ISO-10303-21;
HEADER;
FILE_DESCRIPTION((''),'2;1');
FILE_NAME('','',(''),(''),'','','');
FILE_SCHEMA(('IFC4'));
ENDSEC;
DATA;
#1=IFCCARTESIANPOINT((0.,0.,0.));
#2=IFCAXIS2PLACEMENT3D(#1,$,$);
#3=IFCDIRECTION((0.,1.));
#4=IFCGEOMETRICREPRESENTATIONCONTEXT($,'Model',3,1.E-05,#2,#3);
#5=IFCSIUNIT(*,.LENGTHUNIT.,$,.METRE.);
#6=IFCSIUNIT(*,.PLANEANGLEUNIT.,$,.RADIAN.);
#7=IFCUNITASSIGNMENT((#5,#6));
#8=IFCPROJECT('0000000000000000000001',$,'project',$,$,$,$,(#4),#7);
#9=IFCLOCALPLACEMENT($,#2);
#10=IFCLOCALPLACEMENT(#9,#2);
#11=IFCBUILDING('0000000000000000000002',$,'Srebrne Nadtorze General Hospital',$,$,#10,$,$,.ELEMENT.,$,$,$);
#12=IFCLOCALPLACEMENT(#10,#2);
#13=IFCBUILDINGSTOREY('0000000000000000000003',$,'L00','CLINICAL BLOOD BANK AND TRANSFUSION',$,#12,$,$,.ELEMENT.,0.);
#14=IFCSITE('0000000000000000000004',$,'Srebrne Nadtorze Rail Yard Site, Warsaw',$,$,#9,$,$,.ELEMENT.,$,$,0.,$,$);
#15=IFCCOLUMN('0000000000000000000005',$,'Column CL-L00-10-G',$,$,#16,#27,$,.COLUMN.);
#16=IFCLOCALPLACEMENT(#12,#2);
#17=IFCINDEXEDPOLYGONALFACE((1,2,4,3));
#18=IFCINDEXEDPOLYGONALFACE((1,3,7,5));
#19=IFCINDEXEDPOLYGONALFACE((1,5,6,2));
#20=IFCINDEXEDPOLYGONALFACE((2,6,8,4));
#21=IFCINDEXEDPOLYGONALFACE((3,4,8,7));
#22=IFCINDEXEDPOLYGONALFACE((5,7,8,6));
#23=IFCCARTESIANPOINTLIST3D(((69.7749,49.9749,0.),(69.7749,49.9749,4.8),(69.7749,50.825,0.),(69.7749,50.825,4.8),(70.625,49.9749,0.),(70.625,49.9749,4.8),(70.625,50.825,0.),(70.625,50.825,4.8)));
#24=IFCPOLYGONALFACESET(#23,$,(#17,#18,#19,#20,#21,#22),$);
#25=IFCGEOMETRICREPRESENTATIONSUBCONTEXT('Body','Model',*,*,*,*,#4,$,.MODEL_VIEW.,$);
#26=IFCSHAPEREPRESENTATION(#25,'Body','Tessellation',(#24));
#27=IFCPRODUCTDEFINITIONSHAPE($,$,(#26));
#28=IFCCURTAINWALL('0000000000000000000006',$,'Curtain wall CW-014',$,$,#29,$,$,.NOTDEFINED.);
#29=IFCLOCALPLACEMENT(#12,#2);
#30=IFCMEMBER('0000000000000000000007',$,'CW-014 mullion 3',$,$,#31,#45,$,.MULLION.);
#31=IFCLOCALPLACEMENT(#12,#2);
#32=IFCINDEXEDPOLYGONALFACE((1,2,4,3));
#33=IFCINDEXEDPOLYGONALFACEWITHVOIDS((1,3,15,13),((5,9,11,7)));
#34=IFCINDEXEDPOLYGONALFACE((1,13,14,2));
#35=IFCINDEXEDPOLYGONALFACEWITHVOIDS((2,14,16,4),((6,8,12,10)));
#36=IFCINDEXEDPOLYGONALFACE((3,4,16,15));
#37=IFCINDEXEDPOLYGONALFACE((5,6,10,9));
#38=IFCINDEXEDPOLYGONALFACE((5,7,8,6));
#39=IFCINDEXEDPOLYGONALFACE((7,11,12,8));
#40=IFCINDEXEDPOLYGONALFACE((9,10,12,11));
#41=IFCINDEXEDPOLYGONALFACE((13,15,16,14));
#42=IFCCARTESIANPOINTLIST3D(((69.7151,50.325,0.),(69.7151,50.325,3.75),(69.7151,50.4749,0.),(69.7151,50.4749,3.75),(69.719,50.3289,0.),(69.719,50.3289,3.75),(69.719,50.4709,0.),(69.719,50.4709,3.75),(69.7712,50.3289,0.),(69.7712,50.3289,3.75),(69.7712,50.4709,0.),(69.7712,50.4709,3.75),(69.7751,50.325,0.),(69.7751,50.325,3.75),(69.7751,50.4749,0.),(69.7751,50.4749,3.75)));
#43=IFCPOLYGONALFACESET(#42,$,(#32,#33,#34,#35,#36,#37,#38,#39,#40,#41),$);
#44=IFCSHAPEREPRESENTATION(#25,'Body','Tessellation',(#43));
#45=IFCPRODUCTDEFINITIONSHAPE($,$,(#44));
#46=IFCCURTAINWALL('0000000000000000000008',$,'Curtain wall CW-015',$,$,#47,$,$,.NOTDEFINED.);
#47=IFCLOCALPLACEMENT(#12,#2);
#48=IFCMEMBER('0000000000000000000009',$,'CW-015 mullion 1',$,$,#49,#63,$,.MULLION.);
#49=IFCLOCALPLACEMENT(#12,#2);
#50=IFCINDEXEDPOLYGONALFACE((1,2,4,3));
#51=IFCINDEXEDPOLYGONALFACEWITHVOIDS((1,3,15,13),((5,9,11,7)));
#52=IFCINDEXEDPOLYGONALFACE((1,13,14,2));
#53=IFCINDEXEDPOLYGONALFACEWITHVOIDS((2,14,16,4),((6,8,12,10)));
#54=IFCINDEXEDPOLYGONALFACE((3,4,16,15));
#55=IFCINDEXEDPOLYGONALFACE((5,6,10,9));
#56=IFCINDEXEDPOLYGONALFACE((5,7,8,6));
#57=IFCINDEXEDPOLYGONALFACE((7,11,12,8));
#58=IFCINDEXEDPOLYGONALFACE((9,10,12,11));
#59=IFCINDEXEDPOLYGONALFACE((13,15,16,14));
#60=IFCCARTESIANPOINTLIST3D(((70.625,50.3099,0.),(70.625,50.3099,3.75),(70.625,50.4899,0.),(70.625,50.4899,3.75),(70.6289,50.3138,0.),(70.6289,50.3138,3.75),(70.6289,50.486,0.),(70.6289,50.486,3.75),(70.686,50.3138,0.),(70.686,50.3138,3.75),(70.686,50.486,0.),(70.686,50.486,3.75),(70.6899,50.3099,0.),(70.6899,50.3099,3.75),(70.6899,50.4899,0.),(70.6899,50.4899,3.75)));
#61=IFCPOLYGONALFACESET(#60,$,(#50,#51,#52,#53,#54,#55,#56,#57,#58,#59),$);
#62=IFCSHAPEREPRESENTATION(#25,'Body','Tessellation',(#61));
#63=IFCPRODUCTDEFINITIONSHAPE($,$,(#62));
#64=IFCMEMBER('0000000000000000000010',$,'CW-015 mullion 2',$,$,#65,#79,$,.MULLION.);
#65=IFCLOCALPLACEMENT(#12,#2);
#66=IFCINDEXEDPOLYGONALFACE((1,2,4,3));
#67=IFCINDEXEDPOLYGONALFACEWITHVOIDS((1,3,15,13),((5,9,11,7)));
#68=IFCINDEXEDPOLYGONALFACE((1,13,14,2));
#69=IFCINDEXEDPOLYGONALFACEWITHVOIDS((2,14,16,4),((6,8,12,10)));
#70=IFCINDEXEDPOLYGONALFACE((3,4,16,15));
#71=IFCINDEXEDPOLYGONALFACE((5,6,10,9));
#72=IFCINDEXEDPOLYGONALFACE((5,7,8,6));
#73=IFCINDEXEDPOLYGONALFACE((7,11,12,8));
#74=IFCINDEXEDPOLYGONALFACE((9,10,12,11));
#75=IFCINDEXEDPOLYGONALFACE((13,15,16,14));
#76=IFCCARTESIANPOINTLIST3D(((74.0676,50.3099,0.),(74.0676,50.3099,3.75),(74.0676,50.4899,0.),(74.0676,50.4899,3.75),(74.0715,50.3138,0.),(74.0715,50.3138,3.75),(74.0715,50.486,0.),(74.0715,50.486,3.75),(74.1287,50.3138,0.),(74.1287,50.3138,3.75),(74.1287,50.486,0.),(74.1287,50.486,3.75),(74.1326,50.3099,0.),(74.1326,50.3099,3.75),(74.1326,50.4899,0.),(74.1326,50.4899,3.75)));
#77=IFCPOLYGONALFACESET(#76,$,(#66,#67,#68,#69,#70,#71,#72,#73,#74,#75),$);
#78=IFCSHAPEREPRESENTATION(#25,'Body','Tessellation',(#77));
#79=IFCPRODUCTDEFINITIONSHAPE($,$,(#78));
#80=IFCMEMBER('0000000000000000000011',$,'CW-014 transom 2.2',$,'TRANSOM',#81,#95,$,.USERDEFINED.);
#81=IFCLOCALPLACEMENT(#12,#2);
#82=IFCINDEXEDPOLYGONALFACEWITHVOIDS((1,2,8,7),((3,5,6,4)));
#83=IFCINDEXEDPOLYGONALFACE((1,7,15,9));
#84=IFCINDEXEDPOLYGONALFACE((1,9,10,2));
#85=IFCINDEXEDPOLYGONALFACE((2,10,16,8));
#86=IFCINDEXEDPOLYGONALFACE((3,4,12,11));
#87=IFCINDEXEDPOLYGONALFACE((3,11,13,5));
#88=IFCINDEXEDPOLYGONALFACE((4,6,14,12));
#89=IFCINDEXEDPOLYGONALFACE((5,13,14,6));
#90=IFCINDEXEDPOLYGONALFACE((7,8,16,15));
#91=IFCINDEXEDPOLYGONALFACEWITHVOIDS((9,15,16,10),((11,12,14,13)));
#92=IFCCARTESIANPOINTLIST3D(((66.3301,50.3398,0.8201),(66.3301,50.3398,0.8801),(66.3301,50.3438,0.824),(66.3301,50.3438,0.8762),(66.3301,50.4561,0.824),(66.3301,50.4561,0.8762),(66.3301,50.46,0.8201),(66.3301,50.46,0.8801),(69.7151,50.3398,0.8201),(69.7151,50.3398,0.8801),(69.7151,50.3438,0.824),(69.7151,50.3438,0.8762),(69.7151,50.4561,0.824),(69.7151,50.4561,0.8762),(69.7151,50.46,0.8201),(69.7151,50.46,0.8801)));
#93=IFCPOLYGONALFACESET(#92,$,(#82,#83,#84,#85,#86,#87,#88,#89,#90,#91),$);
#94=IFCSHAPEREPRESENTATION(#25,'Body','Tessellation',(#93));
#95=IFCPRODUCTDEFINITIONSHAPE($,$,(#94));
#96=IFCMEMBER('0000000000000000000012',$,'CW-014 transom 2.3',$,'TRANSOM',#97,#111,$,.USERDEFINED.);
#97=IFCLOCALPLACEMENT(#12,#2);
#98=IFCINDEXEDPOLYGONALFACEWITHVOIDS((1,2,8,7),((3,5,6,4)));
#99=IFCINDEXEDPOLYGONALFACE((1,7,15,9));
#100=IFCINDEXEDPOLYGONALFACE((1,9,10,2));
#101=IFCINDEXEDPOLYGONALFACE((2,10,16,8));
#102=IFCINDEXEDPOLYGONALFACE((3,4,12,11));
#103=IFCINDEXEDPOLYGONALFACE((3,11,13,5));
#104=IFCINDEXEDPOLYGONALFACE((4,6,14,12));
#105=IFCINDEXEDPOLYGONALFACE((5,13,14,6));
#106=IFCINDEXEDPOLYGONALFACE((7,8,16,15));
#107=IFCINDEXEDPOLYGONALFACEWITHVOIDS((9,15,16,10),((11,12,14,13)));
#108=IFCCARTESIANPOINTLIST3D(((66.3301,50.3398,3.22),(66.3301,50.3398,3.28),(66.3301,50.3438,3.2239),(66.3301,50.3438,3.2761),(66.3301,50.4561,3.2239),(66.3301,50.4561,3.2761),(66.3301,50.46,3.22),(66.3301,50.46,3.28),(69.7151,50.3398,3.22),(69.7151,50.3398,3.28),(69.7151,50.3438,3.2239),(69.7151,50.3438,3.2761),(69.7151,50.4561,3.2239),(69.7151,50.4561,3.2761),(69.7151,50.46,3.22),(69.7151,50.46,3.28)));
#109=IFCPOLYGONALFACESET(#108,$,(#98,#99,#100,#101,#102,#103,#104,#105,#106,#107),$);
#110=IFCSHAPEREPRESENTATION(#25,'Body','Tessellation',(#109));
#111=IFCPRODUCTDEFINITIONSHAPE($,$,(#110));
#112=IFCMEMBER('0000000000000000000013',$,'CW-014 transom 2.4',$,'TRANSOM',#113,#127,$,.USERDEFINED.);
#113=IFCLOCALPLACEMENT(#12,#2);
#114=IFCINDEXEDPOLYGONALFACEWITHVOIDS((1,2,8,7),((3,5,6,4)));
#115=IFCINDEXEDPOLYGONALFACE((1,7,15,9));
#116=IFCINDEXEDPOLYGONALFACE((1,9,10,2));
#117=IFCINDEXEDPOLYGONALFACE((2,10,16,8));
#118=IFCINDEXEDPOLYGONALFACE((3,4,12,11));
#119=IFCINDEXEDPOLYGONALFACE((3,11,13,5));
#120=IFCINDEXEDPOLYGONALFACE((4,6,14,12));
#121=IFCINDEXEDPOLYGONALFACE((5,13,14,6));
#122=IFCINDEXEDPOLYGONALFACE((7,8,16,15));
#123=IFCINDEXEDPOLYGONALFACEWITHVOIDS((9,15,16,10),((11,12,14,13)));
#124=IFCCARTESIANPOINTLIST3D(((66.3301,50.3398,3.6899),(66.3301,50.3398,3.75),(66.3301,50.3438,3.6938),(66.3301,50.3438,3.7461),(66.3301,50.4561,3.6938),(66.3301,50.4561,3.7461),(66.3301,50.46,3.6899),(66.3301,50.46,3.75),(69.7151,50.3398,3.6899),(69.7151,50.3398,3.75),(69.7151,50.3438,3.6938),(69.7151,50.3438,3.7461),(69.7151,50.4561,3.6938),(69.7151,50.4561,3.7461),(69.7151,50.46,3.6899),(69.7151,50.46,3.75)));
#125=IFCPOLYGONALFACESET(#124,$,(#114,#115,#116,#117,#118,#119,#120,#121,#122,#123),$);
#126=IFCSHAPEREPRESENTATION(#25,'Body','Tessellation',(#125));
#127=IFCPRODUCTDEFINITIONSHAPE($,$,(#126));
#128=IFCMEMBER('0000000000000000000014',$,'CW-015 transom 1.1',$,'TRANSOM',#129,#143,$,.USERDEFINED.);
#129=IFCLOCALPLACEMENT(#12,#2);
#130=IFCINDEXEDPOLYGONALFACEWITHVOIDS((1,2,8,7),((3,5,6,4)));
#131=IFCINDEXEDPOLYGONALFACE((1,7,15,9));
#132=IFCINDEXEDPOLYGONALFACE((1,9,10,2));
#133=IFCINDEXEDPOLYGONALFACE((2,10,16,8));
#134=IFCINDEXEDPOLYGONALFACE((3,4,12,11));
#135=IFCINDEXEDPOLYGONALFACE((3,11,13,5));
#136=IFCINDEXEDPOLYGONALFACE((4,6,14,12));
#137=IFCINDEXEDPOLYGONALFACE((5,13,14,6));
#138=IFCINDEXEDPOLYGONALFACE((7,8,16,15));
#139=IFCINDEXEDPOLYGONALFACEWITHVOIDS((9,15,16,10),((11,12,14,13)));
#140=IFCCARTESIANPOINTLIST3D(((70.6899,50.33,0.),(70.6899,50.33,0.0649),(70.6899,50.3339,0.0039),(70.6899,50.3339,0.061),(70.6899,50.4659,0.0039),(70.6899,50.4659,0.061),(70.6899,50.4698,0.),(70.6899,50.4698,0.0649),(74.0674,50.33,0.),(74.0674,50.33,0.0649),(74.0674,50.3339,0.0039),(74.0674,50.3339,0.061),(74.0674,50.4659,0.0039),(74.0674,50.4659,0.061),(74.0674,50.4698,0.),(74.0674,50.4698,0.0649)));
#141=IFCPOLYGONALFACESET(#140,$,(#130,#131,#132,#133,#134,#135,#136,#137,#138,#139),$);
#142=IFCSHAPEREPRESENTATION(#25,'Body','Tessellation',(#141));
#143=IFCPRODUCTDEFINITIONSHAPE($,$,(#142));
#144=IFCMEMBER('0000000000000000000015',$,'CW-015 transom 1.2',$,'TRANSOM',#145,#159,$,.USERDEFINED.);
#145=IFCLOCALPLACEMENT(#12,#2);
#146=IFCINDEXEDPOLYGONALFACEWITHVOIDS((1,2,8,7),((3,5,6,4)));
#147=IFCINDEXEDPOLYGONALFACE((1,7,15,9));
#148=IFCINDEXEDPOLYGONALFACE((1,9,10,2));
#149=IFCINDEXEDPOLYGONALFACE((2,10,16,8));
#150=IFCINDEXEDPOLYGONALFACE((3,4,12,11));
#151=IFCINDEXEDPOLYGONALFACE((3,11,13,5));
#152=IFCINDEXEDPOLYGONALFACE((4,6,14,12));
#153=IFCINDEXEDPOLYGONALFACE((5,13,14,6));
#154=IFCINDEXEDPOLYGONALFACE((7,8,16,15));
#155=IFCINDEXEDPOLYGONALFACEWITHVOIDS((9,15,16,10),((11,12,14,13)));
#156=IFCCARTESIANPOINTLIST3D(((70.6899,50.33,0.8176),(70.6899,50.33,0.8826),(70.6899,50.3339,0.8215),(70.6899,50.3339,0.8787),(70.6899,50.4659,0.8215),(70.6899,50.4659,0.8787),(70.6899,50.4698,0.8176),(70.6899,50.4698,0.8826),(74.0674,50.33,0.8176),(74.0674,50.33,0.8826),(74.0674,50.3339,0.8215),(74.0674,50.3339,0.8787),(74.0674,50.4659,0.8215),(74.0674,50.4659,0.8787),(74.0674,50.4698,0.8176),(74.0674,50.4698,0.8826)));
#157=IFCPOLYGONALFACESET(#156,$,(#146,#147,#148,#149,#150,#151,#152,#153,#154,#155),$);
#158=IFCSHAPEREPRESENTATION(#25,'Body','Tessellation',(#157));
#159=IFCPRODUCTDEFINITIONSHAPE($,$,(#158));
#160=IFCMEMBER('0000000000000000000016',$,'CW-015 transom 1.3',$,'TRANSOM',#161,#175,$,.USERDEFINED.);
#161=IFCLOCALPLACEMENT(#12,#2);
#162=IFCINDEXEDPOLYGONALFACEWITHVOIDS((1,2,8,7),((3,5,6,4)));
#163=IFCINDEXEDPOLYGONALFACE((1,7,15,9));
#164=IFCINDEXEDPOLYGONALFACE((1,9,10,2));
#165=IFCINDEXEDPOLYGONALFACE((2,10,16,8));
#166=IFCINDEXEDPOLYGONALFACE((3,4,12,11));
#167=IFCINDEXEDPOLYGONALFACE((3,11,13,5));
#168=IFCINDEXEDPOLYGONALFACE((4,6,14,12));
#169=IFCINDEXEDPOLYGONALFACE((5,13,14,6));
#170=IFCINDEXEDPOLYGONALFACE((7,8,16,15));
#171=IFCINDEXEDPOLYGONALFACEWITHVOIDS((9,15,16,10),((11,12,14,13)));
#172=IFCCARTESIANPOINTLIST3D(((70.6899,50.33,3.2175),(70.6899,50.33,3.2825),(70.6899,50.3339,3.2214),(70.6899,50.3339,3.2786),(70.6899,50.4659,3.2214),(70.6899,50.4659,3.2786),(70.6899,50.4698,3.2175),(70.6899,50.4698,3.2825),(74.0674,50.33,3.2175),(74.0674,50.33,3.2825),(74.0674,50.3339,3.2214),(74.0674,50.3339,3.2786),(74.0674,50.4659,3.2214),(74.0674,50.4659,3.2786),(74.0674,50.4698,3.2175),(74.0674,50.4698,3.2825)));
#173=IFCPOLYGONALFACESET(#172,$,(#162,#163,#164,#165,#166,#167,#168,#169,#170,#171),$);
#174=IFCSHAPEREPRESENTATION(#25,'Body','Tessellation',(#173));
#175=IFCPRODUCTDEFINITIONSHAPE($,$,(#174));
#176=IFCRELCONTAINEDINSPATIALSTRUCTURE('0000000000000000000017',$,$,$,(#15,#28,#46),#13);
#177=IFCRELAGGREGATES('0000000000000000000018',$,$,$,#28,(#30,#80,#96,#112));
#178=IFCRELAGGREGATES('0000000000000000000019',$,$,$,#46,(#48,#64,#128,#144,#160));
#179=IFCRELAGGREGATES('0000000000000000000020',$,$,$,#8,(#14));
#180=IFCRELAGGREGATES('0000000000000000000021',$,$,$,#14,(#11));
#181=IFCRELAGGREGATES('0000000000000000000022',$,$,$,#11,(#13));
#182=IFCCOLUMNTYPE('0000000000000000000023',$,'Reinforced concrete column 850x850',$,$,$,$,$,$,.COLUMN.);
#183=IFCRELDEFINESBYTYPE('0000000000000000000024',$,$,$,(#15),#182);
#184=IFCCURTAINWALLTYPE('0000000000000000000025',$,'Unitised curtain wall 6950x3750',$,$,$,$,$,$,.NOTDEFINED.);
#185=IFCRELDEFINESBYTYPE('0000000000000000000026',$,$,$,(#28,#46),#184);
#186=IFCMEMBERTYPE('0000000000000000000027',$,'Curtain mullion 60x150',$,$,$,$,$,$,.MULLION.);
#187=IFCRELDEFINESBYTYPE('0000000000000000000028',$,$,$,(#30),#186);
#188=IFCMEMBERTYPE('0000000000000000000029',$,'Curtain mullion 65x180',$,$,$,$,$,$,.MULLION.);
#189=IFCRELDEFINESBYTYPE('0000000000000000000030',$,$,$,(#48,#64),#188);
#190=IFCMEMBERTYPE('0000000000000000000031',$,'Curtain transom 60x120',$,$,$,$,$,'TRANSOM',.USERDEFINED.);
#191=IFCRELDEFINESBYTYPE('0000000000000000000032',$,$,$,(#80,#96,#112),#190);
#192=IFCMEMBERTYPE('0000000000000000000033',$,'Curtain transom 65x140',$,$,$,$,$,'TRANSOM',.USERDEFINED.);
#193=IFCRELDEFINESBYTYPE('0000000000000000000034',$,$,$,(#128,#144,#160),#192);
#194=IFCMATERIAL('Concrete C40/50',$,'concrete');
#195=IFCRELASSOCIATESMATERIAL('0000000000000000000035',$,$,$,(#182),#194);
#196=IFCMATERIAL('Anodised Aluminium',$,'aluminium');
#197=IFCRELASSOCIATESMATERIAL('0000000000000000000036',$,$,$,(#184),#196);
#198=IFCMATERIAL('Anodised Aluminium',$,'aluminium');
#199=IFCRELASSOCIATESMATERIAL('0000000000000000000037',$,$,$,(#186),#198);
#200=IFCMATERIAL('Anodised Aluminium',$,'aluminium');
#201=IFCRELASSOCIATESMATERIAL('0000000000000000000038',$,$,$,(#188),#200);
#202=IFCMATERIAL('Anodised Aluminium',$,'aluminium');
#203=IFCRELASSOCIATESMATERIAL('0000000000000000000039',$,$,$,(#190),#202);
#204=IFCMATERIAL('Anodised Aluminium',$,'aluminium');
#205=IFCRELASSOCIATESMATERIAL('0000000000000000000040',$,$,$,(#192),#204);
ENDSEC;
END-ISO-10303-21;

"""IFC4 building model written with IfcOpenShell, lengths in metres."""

from ifc_helpers import new_model, si_unit, direction, frame, origin, origin_2d, place, context, subcontext, project, spatial, rectangle, hollow_rectangle, extrude, material, material_profile, profile_set, type_object, element, aggregate, save


model = new_model("IFC4")

# Units and contexts
model_context = context("Model", 3, precision=1e-05, world=origin(), true_north=direction((0.0, 1.0)))
body_context = subcontext(model_context, "Body", "Model", "MODEL_VIEW")
ifc_project = project(units=[si_unit("LENGTHUNIT", "METRE"), si_unit("PLANEANGLEUNIT", "RADIAN")], contexts=[model_context])

# Site, building, storey
site_placement = place(None, origin())
site = spatial("IfcSite", under=ifc_project, at=site_placement, Name="Srebrne Nadtorze Rail Yard Site, Warsaw", CompositionType="ELEMENT", RefElevation=0.0)
building_placement = place(site_placement, origin())
building = spatial("IfcBuilding", under=site, at=building_placement, Name="Srebrne Nadtorze General Hospital", CompositionType="ELEMENT")
storey_placement = place(building_placement, origin())
storey = spatial("IfcBuildingStorey", under=building, at=storey_placement, Name="L00", Description="CLINICAL BLOOD BANK AND TRANSFUSION", CompositionType="ELEMENT", Elevation=0.0)

# Column
ifc_material_1 = material(Name="Concrete C40/50", Category="concrete")
ifc_material_profile_1 = material_profile(ifc_material_1, rectangle(XDim=0.8501, YDim=0.8501, at=origin_2d()), Name="RC-COL-850x850")
ifc_profile_set_1 = profile_set([ifc_material_profile_1], Name="Concrete C40/50")
column_type = type_object("IfcColumnType", Name="Reinforced concrete column 850x850", PredefinedType="COLUMN", material=ifc_profile_set_1)
column_placement = place(storey_placement, frame((70.2, 50.3999, 0.0), z_axis=(0.0, 0.0, 1.0), x_axis=(1.0, 0.0, 0.0)))
element("IfcColumn", 1, at=column_placement, inside=storey, type_object=column_type, Name="Column CL-L00-10-G", PredefinedType="COLUMN", context=body_context, shape_type="SweptSolid", body=[
    extrude(rectangle(XDim=0.8501, YDim=0.8501, at=origin_2d()), origin(), (0.0, 0.0, 1.0), 4.8),
])

# Curtain wall, member
ifc_material_2 = material(Name="Anodised Aluminium", Category="aluminium")
curtain_wall_type = type_object("IfcCurtainWallType", Name="Unitised curtain wall 6950x3750", PredefinedType="NOTDEFINED", material=ifc_material_2)
curtain_wall_1_placement = place(storey_placement, origin())
curtain_wall_1 = element("IfcCurtainWall", 2, at=curtain_wall_1_placement, inside=storey, type_object=curtain_wall_type, Name="Curtain wall CW-014", PredefinedType="NOTDEFINED")
ifc_material_3 = material(Name="Anodised Aluminium", Category="aluminium")
ifc_material_profile_2 = material_profile(ifc_material_3, hollow_rectangle(XDim=0.0601, YDim=0.1499, WallThickness=0.0039, at=origin_2d()), Name="AL-MUL-60x150")
ifc_profile_set_2 = profile_set([ifc_material_profile_2], Name="Anodised Aluminium")
member_type_1 = type_object("IfcMemberType", Name="Curtain mullion 60x150", PredefinedType="MULLION", material=ifc_profile_set_2)
member_1_placement = place(storey_placement, frame((69.7451, 50.3999, 0.0), z_axis=(0.0, 0.0, 1.0), x_axis=(1.0, 0.0, 0.0)))
member_1 = element("IfcMember", 3, at=member_1_placement, type_object=member_type_1, Name="CW-014 mullion 3", PredefinedType="MULLION", context=body_context, shape_type="SweptSolid", body=[
    extrude(hollow_rectangle(XDim=0.0601, YDim=0.1499, WallThickness=0.0039, at=origin_2d()), origin(), (0.0, 0.0, 1.0), 3.75),
])

# Curtain wall, members
curtain_wall_2_placement = place(storey_placement, origin())
curtain_wall_2 = element("IfcCurtainWall", 4, at=curtain_wall_2_placement, inside=storey, type_object=curtain_wall_type, Name="Curtain wall CW-015", PredefinedType="NOTDEFINED")
ifc_material_4 = material(Name="Anodised Aluminium", Category="aluminium")
ifc_material_profile_3 = material_profile(ifc_material_4, hollow_rectangle(XDim=0.0649, YDim=0.1799, WallThickness=0.0039, at=origin_2d()), Name="AL-MUL-65x180")
ifc_profile_set_3 = profile_set([ifc_material_profile_3], Name="Anodised Aluminium")
member_type_2 = type_object("IfcMemberType", Name="Curtain mullion 65x180", PredefinedType="MULLION", material=ifc_profile_set_3)
member_2_placement = place(storey_placement, frame((70.6575, 50.3999, 0.0), z_axis=(0.0, 0.0, 1.0), x_axis=(1.0, 0.0, 0.0)))
member_2 = element("IfcMember", 5, at=member_2_placement, type_object=member_type_2, Name="CW-015 mullion 1", PredefinedType="MULLION", context=body_context, shape_type="SweptSolid", body=[
    extrude(hollow_rectangle(XDim=0.0649, YDim=0.1799, WallThickness=0.0039, at=origin_2d()), origin(), (0.0, 0.0, 1.0), 3.75),
])
member_3_placement = place(storey_placement, frame((74.1001, 50.3999, 0.0), z_axis=(0.0, 0.0, 1.0), x_axis=(1.0, 0.0, 0.0)))
member_3 = element("IfcMember", 6, at=member_3_placement, type_object=member_type_2, Name="CW-015 mullion 2", PredefinedType="MULLION", context=body_context, shape_type="SweptSolid", body=[
    extrude(hollow_rectangle(XDim=0.0649, YDim=0.1799, WallThickness=0.0039, at=origin_2d()), origin(), (0.0, 0.0, 1.0), 3.75),
])

# Members
ifc_material_5 = material(Name="Anodised Aluminium", Category="aluminium")
ifc_material_profile_4 = material_profile(ifc_material_5, hollow_rectangle(XDim=0.0601, YDim=0.1201, WallThickness=0.0039, at=origin_2d()), Name="AL-TRN-60x120")
ifc_profile_set_4 = profile_set([ifc_material_profile_4], Name="Anodised Aluminium")
member_type_3 = type_object("IfcMemberType", Name="Curtain transom 60x120", ElementType="TRANSOM", PredefinedType="USERDEFINED", material=ifc_profile_set_4)
member_4_placement = place(storey_placement, frame((66.3301, 50.3999, 0.8501), z_axis=(1.0, 0.0, 0.0), x_axis=(0.0, 0.0, 1.0)))
member_4 = element("IfcMember", 7, at=member_4_placement, type_object=member_type_3, Name="CW-014 transom 2.2", ObjectType="TRANSOM", PredefinedType="USERDEFINED", context=body_context, shape_type="SweptSolid", body=[
    extrude(hollow_rectangle(XDim=0.0601, YDim=0.1201, WallThickness=0.0039, at=origin_2d()), origin(), (0.0, 0.0, 1.0), 3.385),
])
member_5_placement = place(storey_placement, frame((66.3301, 50.3999, 3.25), z_axis=(1.0, 0.0, 0.0), x_axis=(0.0, 0.0, 1.0)))
member_5 = element("IfcMember", 8, at=member_5_placement, type_object=member_type_3, Name="CW-014 transom 2.3", ObjectType="TRANSOM", PredefinedType="USERDEFINED", context=body_context, shape_type="SweptSolid", body=[
    extrude(hollow_rectangle(XDim=0.0601, YDim=0.1201, WallThickness=0.0039, at=origin_2d()), origin(), (0.0, 0.0, 1.0), 3.385),
])
member_6_placement = place(storey_placement, frame((66.3301, 50.3999, 3.72), z_axis=(1.0, 0.0, 0.0), x_axis=(0.0, 0.0, 1.0)))
member_6 = element("IfcMember", 9, at=member_6_placement, type_object=member_type_3, Name="CW-014 transom 2.4", ObjectType="TRANSOM", PredefinedType="USERDEFINED", context=body_context, shape_type="SweptSolid", body=[
    extrude(hollow_rectangle(XDim=0.0601, YDim=0.1201, WallThickness=0.0039, at=origin_2d()), origin(), (0.0, 0.0, 1.0), 3.385),
])
ifc_material_6 = material(Name="Anodised Aluminium", Category="aluminium")
ifc_material_profile_5 = material_profile(ifc_material_6, hollow_rectangle(XDim=0.0649, YDim=0.1399, WallThickness=0.0039, at=origin_2d()), Name="AL-TRN-65x140")
ifc_profile_set_5 = profile_set([ifc_material_profile_5], Name="Anodised Aluminium")
member_type_4 = type_object("IfcMemberType", Name="Curtain transom 65x140", ElementType="TRANSOM", PredefinedType="USERDEFINED", material=ifc_profile_set_5)
member_7_placement = place(storey_placement, frame((70.6899, 50.3999, 0.0325), z_axis=(1.0, 0.0, 0.0), x_axis=(0.0, 0.0, 1.0)))
member_7 = element("IfcMember", 10, at=member_7_placement, type_object=member_type_4, Name="CW-015 transom 1.1", ObjectType="TRANSOM", PredefinedType="USERDEFINED", context=body_context, shape_type="SweptSolid", body=[
    extrude(hollow_rectangle(XDim=0.0649, YDim=0.1399, WallThickness=0.0039, at=origin_2d()), origin(), (0.0, 0.0, 1.0), 3.3774),
])
member_8_placement = place(storey_placement, frame((70.6899, 50.3999, 0.8501), z_axis=(1.0, 0.0, 0.0), x_axis=(0.0, 0.0, 1.0)))
member_8 = element("IfcMember", 11, at=member_8_placement, type_object=member_type_4, Name="CW-015 transom 1.2", ObjectType="TRANSOM", PredefinedType="USERDEFINED", context=body_context, shape_type="SweptSolid", body=[
    extrude(hollow_rectangle(XDim=0.0649, YDim=0.1399, WallThickness=0.0039, at=origin_2d()), origin(), (0.0, 0.0, 1.0), 3.3774),
])
member_9_placement = place(storey_placement, frame((70.6899, 50.3999, 3.25), z_axis=(1.0, 0.0, 0.0), x_axis=(0.0, 0.0, 1.0)))
member_9 = element("IfcMember", 12, at=member_9_placement, type_object=member_type_4, Name="CW-015 transom 1.3", ObjectType="TRANSOM", PredefinedType="USERDEFINED", context=body_context, shape_type="SweptSolid", body=[
    extrude(hollow_rectangle(XDim=0.0649, YDim=0.1399, WallThickness=0.0039, at=origin_2d()), origin(), (0.0, 0.0, 1.0), 3.3774),
])

aggregate(curtain_wall_1, [member_1, member_4, member_5, member_6])
aggregate(curtain_wall_2, [member_2, member_3, member_7, member_8, member_9])

save(model, "model.ifc")
